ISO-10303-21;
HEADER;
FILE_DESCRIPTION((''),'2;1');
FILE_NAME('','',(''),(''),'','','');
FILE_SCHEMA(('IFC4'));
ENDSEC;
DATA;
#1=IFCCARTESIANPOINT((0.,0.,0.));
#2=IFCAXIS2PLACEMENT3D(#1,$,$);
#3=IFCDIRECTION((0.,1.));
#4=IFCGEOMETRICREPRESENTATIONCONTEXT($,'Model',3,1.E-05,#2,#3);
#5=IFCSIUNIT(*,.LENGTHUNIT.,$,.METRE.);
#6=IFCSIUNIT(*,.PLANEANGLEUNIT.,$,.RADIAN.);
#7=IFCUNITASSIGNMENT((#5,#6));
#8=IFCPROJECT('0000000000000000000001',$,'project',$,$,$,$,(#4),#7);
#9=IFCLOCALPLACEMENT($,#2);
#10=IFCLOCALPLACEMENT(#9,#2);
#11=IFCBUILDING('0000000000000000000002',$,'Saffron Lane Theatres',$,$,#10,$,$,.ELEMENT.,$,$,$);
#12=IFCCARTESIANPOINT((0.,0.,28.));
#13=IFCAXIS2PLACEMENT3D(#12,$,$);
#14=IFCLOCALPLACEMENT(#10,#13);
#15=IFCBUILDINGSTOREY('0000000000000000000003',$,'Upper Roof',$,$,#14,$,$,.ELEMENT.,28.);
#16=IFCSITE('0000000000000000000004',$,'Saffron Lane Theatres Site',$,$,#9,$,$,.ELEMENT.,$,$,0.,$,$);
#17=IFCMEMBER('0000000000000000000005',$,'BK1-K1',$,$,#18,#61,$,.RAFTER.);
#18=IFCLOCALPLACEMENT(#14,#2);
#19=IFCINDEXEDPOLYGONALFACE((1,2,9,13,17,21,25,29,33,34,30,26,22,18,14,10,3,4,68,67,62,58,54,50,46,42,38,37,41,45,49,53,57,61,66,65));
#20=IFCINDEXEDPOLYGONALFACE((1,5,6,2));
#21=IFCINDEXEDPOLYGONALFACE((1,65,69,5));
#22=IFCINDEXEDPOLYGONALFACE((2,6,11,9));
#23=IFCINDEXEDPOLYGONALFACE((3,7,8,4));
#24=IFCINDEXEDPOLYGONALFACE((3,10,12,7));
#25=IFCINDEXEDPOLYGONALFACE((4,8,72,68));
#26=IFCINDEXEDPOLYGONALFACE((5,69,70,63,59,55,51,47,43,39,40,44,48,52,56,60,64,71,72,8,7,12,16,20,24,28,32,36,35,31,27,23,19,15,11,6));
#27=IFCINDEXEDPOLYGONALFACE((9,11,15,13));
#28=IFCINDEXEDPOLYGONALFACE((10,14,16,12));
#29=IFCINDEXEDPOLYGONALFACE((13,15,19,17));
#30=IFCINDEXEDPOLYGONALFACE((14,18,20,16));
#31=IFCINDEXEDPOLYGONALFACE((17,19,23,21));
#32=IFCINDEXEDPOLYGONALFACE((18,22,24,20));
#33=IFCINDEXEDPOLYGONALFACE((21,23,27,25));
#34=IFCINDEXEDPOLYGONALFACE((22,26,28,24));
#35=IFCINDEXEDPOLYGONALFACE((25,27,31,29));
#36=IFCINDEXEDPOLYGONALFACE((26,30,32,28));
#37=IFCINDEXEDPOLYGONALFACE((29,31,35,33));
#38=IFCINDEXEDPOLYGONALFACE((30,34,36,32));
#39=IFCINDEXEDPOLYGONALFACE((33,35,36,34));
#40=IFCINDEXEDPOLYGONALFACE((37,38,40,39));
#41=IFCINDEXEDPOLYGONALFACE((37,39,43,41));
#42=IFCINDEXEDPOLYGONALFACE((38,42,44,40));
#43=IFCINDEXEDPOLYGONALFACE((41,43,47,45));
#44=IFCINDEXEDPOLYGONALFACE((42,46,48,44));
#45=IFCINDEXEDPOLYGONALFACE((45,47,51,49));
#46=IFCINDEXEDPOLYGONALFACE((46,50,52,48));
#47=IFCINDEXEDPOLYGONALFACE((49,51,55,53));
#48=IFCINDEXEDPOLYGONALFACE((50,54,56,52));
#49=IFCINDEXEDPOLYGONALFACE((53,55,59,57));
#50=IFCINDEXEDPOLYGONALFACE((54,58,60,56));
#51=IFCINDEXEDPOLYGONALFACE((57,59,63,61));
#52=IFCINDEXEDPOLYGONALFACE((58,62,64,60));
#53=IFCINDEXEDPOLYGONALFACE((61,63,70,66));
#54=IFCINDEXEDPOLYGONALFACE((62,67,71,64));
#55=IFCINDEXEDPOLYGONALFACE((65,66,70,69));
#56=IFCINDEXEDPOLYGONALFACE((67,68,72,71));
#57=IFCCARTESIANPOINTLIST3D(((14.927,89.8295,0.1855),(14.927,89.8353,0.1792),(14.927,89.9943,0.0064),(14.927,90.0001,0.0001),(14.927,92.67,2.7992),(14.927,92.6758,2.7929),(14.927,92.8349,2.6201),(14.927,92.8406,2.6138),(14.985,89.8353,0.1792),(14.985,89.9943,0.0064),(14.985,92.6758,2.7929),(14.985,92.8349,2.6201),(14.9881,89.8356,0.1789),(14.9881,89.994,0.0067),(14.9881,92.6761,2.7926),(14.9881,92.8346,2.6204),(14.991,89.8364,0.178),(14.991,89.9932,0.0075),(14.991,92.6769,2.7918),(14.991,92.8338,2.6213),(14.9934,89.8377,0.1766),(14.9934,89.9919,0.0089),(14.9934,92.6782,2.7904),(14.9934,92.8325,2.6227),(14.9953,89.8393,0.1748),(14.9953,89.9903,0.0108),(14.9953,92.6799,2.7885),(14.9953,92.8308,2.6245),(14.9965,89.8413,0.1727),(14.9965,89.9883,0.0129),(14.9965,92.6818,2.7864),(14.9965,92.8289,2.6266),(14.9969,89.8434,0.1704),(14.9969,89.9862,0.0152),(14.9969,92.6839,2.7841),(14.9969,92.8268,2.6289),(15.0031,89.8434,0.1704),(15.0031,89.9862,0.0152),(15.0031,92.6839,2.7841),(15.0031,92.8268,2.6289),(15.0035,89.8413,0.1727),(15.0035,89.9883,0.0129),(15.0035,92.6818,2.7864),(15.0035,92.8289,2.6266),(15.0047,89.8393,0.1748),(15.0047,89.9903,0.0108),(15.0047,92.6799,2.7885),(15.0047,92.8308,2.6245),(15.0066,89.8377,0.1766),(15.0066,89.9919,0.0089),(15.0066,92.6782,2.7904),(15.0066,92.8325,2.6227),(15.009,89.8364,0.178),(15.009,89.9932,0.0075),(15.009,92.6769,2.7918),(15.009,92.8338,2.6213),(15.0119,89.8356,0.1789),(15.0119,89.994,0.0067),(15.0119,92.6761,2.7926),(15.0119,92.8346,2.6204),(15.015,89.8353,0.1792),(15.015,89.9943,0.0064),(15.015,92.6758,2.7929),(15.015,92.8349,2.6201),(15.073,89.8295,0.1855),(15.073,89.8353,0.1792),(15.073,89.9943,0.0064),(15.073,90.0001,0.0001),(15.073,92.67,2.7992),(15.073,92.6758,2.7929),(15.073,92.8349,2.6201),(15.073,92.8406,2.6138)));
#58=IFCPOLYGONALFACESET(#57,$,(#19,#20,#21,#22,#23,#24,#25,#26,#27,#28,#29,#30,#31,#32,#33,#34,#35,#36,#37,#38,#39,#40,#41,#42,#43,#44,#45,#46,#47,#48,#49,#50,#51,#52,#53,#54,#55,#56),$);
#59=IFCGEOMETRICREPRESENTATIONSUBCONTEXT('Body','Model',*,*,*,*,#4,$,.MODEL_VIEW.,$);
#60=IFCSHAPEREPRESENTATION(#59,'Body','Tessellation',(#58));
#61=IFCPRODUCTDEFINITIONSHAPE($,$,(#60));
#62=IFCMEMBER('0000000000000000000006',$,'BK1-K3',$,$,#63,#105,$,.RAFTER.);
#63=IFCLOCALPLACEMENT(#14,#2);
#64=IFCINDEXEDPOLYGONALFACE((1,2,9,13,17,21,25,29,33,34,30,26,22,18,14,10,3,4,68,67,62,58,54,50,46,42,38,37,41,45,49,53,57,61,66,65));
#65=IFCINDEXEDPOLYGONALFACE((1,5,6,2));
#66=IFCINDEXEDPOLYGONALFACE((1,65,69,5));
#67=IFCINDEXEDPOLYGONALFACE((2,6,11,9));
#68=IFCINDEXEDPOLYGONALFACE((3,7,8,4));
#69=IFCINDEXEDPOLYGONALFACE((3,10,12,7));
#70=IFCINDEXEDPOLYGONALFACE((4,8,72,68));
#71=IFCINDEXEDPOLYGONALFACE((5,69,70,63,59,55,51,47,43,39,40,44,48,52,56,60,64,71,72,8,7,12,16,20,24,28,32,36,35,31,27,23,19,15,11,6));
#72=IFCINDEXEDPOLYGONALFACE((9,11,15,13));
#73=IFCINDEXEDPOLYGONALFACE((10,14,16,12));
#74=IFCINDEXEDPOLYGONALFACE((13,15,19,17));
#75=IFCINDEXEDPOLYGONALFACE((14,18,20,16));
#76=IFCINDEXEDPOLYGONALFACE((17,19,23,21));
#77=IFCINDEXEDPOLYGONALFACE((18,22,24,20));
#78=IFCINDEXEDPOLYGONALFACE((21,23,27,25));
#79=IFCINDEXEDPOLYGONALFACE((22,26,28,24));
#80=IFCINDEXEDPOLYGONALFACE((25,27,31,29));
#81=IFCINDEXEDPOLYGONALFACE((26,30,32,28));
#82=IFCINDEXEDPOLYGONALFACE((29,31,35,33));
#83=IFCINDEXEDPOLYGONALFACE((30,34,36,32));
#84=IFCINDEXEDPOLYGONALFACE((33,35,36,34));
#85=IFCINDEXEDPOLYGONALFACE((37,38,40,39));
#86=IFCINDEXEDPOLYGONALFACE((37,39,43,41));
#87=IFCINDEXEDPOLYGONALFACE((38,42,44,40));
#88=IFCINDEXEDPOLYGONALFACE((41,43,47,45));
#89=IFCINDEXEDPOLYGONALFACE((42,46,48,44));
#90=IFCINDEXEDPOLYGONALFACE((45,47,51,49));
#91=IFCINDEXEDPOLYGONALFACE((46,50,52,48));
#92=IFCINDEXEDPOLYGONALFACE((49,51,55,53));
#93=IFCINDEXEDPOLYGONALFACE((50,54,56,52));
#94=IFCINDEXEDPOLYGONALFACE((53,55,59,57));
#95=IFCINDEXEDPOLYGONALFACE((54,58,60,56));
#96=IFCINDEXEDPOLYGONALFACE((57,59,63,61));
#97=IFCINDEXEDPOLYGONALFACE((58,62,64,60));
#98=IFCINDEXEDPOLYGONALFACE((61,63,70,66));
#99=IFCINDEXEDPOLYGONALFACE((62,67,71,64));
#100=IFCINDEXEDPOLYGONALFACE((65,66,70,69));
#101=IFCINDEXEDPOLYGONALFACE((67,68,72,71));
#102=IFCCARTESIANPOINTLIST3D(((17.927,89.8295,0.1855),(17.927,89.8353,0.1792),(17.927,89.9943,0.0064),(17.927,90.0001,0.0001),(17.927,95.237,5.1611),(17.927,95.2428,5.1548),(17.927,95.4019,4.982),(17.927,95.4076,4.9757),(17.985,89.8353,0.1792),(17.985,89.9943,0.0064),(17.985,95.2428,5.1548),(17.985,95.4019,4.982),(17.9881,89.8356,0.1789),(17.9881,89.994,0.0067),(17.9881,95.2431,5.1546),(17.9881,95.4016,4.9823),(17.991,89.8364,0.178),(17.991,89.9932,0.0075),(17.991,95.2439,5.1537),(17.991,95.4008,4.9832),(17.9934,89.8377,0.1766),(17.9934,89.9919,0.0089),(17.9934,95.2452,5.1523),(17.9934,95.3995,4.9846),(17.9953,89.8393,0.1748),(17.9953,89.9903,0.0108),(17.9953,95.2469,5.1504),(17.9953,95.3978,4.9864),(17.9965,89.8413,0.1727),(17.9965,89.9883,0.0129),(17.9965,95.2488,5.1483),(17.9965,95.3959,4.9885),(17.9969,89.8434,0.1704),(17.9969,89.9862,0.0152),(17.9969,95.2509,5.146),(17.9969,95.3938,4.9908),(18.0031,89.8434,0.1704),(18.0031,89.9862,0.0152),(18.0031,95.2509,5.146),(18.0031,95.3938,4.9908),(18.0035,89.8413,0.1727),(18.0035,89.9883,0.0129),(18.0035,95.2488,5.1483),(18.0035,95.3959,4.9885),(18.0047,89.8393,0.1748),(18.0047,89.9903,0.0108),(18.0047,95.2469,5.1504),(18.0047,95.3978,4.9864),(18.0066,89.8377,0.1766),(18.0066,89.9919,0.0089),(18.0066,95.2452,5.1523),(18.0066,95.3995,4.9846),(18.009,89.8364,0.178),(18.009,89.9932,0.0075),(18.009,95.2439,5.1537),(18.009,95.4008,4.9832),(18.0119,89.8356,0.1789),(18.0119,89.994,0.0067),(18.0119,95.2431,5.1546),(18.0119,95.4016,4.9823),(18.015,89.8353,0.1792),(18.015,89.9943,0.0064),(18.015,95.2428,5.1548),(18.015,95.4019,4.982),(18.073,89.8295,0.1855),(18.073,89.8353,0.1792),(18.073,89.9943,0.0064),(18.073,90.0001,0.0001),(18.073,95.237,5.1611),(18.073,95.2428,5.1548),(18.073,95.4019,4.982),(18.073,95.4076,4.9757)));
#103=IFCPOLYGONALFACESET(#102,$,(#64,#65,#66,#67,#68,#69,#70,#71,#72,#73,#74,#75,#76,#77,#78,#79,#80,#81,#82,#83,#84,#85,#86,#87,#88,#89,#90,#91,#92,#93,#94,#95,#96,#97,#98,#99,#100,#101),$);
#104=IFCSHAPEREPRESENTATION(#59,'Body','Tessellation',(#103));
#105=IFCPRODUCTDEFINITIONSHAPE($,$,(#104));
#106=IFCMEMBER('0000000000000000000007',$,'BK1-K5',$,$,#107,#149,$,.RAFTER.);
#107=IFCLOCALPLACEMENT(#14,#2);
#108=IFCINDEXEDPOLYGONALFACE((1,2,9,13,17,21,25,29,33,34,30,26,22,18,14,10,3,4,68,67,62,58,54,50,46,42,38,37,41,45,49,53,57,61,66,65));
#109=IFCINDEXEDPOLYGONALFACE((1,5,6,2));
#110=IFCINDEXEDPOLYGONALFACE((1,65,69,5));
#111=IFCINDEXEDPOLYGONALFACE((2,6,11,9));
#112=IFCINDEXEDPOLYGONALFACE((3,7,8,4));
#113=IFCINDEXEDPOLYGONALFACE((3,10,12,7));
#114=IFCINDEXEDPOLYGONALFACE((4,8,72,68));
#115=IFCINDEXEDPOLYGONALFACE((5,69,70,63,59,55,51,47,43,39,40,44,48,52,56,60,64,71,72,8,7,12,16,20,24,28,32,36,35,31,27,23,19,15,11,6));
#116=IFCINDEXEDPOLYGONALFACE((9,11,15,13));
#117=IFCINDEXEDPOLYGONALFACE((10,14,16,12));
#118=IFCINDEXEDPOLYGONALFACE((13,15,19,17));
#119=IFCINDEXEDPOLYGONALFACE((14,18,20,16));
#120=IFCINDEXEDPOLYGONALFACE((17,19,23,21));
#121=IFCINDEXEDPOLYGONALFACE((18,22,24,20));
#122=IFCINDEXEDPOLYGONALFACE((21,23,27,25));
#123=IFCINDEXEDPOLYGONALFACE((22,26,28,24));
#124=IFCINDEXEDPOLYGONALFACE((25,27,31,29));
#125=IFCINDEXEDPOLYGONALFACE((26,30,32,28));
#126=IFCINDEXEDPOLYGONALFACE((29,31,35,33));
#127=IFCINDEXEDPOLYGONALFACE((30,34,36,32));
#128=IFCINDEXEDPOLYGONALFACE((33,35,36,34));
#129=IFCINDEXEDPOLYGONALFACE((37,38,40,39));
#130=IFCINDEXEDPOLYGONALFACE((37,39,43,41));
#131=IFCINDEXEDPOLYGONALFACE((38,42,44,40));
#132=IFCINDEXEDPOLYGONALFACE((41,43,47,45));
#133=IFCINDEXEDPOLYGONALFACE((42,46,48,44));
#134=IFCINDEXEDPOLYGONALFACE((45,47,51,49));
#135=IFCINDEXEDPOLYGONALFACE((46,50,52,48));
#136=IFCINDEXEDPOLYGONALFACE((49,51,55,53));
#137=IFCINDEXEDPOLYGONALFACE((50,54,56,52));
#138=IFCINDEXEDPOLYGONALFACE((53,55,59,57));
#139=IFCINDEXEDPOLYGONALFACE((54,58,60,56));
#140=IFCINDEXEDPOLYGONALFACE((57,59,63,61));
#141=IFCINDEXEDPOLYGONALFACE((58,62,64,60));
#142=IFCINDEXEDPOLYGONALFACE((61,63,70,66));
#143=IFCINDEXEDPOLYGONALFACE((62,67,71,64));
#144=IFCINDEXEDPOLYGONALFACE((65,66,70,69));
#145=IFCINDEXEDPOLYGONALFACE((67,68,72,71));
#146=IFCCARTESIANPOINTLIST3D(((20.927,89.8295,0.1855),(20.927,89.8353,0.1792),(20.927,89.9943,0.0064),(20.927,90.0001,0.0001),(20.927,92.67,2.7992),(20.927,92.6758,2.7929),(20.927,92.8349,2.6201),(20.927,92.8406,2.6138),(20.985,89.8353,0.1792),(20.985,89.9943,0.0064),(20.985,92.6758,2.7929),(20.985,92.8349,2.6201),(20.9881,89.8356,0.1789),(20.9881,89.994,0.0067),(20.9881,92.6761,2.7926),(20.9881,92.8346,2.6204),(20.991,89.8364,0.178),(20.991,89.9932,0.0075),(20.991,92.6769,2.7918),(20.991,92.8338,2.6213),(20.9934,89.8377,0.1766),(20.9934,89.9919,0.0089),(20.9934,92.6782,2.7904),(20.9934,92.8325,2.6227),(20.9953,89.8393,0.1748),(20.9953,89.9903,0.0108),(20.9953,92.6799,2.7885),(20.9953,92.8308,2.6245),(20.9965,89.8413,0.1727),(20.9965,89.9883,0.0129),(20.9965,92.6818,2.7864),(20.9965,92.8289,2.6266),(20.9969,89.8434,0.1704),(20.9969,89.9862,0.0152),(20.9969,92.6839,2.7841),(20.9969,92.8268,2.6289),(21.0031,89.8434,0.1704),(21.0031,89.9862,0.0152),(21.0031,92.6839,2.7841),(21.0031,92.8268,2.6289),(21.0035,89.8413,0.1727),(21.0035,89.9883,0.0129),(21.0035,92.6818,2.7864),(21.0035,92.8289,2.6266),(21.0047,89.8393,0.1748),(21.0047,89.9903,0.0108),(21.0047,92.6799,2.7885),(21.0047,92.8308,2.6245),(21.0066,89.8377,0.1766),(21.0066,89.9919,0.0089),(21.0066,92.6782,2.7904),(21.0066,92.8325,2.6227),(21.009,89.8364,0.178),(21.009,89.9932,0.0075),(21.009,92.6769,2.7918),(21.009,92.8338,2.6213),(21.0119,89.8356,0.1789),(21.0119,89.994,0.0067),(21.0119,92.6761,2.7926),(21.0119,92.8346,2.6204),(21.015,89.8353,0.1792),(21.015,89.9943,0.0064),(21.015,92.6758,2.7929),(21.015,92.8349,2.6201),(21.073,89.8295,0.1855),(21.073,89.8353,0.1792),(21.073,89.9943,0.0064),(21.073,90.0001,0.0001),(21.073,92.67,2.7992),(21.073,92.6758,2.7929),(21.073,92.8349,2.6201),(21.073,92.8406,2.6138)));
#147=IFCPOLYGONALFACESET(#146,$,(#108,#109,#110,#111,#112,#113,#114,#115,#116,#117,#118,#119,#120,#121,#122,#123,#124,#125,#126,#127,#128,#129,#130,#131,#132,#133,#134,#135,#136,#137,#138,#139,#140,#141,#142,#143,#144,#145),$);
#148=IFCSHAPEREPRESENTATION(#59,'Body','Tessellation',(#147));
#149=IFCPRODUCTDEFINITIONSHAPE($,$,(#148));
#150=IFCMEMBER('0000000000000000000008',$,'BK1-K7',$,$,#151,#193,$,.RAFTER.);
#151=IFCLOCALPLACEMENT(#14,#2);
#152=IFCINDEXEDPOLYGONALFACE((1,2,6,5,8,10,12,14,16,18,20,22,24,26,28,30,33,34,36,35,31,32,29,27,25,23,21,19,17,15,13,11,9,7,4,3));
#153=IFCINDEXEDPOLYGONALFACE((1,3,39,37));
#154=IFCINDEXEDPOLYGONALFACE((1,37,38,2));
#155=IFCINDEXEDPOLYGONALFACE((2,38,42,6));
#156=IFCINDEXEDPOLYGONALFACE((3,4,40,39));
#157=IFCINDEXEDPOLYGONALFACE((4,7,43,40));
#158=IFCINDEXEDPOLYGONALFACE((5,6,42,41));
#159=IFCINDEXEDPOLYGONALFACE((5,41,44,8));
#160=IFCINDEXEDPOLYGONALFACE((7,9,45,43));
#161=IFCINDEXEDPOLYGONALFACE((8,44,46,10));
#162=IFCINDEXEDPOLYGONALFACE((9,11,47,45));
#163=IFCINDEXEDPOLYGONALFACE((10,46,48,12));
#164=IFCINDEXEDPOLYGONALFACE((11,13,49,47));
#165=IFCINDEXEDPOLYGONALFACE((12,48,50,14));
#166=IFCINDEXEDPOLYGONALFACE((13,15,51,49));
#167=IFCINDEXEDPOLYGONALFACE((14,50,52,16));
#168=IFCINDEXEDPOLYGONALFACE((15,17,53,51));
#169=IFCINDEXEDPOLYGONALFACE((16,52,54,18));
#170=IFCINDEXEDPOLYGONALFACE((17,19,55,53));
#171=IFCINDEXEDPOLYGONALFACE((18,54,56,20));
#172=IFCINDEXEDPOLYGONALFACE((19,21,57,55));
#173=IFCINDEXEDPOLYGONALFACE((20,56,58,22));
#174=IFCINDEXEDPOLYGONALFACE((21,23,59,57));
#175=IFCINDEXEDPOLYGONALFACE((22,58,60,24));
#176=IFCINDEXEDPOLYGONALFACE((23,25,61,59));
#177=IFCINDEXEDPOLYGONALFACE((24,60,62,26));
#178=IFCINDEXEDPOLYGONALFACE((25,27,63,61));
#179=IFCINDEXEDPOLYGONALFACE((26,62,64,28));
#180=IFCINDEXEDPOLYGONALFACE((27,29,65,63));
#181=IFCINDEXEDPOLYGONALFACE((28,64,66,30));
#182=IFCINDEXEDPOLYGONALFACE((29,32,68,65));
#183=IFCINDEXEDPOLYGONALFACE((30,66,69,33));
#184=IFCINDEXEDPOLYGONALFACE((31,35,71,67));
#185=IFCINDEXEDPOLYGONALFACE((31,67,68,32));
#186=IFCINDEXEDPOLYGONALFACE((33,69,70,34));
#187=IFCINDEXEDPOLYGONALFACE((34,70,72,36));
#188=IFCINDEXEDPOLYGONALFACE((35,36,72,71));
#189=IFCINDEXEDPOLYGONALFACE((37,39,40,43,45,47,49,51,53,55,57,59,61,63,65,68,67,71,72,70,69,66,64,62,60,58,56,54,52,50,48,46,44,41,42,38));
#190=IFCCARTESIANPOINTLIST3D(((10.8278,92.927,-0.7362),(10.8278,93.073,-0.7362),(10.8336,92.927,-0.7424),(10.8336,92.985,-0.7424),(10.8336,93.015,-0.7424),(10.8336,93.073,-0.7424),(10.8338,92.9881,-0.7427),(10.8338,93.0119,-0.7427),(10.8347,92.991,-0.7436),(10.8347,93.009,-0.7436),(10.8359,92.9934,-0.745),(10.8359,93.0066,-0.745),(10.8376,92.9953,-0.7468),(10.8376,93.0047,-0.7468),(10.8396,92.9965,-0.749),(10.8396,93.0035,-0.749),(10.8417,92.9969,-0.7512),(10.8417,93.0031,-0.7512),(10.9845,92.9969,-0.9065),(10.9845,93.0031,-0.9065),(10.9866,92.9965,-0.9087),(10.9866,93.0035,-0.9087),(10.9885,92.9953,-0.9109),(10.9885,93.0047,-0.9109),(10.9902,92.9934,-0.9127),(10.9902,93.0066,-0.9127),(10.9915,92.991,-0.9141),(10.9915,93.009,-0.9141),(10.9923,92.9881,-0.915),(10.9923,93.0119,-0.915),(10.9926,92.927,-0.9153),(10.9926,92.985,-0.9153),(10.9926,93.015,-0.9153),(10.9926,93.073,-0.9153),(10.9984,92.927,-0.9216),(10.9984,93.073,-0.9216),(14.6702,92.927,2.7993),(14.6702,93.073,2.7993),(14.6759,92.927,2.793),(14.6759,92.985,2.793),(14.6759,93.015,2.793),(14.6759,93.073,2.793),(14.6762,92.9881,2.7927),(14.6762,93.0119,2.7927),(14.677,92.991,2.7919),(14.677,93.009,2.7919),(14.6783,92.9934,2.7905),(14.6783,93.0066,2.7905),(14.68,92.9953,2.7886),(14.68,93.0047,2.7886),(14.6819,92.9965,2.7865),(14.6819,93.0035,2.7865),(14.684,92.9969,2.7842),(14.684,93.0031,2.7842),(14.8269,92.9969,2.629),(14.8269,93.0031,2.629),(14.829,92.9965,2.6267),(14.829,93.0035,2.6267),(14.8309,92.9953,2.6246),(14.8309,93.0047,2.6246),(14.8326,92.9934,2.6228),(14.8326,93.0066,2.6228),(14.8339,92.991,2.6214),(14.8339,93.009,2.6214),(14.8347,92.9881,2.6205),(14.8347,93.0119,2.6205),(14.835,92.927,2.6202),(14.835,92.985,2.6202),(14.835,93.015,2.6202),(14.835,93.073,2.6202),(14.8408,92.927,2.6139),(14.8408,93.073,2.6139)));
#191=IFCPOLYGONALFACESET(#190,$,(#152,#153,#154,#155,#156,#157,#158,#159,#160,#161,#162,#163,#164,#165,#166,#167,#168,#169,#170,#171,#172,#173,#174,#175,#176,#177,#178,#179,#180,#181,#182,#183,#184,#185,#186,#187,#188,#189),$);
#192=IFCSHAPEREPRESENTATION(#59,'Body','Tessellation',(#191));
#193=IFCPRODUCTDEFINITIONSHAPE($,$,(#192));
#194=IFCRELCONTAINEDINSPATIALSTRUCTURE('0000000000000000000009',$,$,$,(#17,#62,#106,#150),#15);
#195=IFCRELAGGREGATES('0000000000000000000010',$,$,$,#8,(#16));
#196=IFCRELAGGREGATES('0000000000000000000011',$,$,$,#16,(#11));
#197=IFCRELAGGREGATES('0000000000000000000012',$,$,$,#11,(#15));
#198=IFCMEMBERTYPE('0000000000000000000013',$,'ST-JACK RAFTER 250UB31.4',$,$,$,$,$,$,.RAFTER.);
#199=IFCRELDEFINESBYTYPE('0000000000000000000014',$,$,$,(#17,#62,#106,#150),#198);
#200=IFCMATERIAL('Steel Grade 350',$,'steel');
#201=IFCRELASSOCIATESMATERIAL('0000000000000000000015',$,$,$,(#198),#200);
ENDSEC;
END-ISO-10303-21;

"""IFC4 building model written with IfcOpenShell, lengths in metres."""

from ifc_helpers import new_model, si_unit, direction, frame, origin, origin_2d, place, context, subcontext, project, spatial, i_section, extrude, material, material_profile, profile_set, type_object, element, save


model = new_model("IFC4")

# Units and contexts
model_context = context("Model", 3, precision=1e-05, world=origin(), true_north=direction((0.0, 1.0)))
body_context = subcontext(model_context, "Body", "Model", "MODEL_VIEW")
ifc_project = project(units=[si_unit("LENGTHUNIT", "METRE"), si_unit("PLANEANGLEUNIT", "RADIAN")], contexts=[model_context])

# Site, building, storey
site_placement = place(None, origin())
site = spatial("IfcSite", under=ifc_project, at=site_placement, Name="Saffron Lane Theatres Site", CompositionType="ELEMENT", RefElevation=0.0)
building_placement = place(site_placement, origin())
building = spatial("IfcBuilding", under=site, at=building_placement, Name="Saffron Lane Theatres", CompositionType="ELEMENT")
storey_placement = place(building_placement, frame((0.0, 0.0, 28.0)))
storey = spatial("IfcBuildingStorey", under=building, at=storey_placement, Name="Upper Roof", CompositionType="ELEMENT", Elevation=28.0)

# Members
ifc_material_1 = material(Name="Steel Grade 350", Category="steel")
ifc_material_profile_1 = material_profile(ifc_material_1, i_section(OverallWidth=0.146, OverallDepth=0.252, WebThickness=0.0061, FlangeThickness=0.0085, FilletRadius=0.012, at=origin_2d()))
ifc_profile_set_1 = profile_set([ifc_material_profile_1], Name="Steel Grade 350")
member_type_1 = type_object("IfcMemberType", Name="ST-JACK RAFTER 250UB31.4", PredefinedType="RAFTER", material=ifc_profile_set_1)
member_1_placement = place(storey_placement, frame((15.0, 89.9148, 0.0928), z_axis=(0.0, 0.735874, 0.677118), x_axis=(-1.0, 0.0, 0.0)))
element("IfcMember", 1, at=member_1_placement, inside=storey, type_object=member_type_1, Name="BK1-K1", PredefinedType="RAFTER", context=body_context, shape_type="SweptSolid", body=[
    extrude(i_section(OverallWidth=0.146, OverallDepth=0.252, WebThickness=0.0061, FlangeThickness=0.0085, FilletRadius=0.012, at=origin_2d()), origin(), (0.0, 0.0, 1.0), 3.8601),
])
member_2_placement = place(storey_placement, frame((18.0, 89.9148, 0.0928), z_axis=(0.0, 0.735883, 0.677109), x_axis=(-1.0, 0.0, 0.0)))
element("IfcMember", 2, at=member_2_placement, inside=storey, type_object=member_type_1, Name="BK1-K3", PredefinedType="RAFTER", context=body_context, shape_type="SweptSolid", body=[
    extrude(i_section(OverallWidth=0.146, OverallDepth=0.252, WebThickness=0.0061, FlangeThickness=0.0085, FilletRadius=0.012, at=origin_2d()), origin(), (0.0, 0.0, 1.0), 7.3484),
])
member_3_placement = place(storey_placement, frame((21.0, 89.9148, 0.0928), z_axis=(0.0, 0.735874, 0.677118), x_axis=(-1.0, 0.0, 0.0)))
element("IfcMember", 3, at=member_3_placement, inside=storey, type_object=member_type_1, Name="BK1-K5", PredefinedType="RAFTER", context=body_context, shape_type="SweptSolid", body=[
    extrude(i_section(OverallWidth=0.146, OverallDepth=0.252, WebThickness=0.0061, FlangeThickness=0.0085, FilletRadius=0.012, at=origin_2d()), origin(), (0.0, 0.0, 1.0), 3.8601),
])
member_4_placement = place(storey_placement, frame((10.9131, 93.0, -0.8289), z_axis=(0.735883, 0.0, 0.677108), x_axis=(0.0, 1.0, 0.0)))
element("IfcMember", 4, at=member_4_placement, inside=storey, type_object=member_type_1, Name="BK1-K7", PredefinedType="RAFTER", context=body_context, shape_type="SweptSolid", body=[
    extrude(i_section(OverallWidth=0.146, OverallDepth=0.252, WebThickness=0.0061, FlangeThickness=0.0085, FilletRadius=0.012, at=origin_2d()), origin(), (0.0, 0.0, 1.0), 5.2214),
])

save(model, "model.ifc")
